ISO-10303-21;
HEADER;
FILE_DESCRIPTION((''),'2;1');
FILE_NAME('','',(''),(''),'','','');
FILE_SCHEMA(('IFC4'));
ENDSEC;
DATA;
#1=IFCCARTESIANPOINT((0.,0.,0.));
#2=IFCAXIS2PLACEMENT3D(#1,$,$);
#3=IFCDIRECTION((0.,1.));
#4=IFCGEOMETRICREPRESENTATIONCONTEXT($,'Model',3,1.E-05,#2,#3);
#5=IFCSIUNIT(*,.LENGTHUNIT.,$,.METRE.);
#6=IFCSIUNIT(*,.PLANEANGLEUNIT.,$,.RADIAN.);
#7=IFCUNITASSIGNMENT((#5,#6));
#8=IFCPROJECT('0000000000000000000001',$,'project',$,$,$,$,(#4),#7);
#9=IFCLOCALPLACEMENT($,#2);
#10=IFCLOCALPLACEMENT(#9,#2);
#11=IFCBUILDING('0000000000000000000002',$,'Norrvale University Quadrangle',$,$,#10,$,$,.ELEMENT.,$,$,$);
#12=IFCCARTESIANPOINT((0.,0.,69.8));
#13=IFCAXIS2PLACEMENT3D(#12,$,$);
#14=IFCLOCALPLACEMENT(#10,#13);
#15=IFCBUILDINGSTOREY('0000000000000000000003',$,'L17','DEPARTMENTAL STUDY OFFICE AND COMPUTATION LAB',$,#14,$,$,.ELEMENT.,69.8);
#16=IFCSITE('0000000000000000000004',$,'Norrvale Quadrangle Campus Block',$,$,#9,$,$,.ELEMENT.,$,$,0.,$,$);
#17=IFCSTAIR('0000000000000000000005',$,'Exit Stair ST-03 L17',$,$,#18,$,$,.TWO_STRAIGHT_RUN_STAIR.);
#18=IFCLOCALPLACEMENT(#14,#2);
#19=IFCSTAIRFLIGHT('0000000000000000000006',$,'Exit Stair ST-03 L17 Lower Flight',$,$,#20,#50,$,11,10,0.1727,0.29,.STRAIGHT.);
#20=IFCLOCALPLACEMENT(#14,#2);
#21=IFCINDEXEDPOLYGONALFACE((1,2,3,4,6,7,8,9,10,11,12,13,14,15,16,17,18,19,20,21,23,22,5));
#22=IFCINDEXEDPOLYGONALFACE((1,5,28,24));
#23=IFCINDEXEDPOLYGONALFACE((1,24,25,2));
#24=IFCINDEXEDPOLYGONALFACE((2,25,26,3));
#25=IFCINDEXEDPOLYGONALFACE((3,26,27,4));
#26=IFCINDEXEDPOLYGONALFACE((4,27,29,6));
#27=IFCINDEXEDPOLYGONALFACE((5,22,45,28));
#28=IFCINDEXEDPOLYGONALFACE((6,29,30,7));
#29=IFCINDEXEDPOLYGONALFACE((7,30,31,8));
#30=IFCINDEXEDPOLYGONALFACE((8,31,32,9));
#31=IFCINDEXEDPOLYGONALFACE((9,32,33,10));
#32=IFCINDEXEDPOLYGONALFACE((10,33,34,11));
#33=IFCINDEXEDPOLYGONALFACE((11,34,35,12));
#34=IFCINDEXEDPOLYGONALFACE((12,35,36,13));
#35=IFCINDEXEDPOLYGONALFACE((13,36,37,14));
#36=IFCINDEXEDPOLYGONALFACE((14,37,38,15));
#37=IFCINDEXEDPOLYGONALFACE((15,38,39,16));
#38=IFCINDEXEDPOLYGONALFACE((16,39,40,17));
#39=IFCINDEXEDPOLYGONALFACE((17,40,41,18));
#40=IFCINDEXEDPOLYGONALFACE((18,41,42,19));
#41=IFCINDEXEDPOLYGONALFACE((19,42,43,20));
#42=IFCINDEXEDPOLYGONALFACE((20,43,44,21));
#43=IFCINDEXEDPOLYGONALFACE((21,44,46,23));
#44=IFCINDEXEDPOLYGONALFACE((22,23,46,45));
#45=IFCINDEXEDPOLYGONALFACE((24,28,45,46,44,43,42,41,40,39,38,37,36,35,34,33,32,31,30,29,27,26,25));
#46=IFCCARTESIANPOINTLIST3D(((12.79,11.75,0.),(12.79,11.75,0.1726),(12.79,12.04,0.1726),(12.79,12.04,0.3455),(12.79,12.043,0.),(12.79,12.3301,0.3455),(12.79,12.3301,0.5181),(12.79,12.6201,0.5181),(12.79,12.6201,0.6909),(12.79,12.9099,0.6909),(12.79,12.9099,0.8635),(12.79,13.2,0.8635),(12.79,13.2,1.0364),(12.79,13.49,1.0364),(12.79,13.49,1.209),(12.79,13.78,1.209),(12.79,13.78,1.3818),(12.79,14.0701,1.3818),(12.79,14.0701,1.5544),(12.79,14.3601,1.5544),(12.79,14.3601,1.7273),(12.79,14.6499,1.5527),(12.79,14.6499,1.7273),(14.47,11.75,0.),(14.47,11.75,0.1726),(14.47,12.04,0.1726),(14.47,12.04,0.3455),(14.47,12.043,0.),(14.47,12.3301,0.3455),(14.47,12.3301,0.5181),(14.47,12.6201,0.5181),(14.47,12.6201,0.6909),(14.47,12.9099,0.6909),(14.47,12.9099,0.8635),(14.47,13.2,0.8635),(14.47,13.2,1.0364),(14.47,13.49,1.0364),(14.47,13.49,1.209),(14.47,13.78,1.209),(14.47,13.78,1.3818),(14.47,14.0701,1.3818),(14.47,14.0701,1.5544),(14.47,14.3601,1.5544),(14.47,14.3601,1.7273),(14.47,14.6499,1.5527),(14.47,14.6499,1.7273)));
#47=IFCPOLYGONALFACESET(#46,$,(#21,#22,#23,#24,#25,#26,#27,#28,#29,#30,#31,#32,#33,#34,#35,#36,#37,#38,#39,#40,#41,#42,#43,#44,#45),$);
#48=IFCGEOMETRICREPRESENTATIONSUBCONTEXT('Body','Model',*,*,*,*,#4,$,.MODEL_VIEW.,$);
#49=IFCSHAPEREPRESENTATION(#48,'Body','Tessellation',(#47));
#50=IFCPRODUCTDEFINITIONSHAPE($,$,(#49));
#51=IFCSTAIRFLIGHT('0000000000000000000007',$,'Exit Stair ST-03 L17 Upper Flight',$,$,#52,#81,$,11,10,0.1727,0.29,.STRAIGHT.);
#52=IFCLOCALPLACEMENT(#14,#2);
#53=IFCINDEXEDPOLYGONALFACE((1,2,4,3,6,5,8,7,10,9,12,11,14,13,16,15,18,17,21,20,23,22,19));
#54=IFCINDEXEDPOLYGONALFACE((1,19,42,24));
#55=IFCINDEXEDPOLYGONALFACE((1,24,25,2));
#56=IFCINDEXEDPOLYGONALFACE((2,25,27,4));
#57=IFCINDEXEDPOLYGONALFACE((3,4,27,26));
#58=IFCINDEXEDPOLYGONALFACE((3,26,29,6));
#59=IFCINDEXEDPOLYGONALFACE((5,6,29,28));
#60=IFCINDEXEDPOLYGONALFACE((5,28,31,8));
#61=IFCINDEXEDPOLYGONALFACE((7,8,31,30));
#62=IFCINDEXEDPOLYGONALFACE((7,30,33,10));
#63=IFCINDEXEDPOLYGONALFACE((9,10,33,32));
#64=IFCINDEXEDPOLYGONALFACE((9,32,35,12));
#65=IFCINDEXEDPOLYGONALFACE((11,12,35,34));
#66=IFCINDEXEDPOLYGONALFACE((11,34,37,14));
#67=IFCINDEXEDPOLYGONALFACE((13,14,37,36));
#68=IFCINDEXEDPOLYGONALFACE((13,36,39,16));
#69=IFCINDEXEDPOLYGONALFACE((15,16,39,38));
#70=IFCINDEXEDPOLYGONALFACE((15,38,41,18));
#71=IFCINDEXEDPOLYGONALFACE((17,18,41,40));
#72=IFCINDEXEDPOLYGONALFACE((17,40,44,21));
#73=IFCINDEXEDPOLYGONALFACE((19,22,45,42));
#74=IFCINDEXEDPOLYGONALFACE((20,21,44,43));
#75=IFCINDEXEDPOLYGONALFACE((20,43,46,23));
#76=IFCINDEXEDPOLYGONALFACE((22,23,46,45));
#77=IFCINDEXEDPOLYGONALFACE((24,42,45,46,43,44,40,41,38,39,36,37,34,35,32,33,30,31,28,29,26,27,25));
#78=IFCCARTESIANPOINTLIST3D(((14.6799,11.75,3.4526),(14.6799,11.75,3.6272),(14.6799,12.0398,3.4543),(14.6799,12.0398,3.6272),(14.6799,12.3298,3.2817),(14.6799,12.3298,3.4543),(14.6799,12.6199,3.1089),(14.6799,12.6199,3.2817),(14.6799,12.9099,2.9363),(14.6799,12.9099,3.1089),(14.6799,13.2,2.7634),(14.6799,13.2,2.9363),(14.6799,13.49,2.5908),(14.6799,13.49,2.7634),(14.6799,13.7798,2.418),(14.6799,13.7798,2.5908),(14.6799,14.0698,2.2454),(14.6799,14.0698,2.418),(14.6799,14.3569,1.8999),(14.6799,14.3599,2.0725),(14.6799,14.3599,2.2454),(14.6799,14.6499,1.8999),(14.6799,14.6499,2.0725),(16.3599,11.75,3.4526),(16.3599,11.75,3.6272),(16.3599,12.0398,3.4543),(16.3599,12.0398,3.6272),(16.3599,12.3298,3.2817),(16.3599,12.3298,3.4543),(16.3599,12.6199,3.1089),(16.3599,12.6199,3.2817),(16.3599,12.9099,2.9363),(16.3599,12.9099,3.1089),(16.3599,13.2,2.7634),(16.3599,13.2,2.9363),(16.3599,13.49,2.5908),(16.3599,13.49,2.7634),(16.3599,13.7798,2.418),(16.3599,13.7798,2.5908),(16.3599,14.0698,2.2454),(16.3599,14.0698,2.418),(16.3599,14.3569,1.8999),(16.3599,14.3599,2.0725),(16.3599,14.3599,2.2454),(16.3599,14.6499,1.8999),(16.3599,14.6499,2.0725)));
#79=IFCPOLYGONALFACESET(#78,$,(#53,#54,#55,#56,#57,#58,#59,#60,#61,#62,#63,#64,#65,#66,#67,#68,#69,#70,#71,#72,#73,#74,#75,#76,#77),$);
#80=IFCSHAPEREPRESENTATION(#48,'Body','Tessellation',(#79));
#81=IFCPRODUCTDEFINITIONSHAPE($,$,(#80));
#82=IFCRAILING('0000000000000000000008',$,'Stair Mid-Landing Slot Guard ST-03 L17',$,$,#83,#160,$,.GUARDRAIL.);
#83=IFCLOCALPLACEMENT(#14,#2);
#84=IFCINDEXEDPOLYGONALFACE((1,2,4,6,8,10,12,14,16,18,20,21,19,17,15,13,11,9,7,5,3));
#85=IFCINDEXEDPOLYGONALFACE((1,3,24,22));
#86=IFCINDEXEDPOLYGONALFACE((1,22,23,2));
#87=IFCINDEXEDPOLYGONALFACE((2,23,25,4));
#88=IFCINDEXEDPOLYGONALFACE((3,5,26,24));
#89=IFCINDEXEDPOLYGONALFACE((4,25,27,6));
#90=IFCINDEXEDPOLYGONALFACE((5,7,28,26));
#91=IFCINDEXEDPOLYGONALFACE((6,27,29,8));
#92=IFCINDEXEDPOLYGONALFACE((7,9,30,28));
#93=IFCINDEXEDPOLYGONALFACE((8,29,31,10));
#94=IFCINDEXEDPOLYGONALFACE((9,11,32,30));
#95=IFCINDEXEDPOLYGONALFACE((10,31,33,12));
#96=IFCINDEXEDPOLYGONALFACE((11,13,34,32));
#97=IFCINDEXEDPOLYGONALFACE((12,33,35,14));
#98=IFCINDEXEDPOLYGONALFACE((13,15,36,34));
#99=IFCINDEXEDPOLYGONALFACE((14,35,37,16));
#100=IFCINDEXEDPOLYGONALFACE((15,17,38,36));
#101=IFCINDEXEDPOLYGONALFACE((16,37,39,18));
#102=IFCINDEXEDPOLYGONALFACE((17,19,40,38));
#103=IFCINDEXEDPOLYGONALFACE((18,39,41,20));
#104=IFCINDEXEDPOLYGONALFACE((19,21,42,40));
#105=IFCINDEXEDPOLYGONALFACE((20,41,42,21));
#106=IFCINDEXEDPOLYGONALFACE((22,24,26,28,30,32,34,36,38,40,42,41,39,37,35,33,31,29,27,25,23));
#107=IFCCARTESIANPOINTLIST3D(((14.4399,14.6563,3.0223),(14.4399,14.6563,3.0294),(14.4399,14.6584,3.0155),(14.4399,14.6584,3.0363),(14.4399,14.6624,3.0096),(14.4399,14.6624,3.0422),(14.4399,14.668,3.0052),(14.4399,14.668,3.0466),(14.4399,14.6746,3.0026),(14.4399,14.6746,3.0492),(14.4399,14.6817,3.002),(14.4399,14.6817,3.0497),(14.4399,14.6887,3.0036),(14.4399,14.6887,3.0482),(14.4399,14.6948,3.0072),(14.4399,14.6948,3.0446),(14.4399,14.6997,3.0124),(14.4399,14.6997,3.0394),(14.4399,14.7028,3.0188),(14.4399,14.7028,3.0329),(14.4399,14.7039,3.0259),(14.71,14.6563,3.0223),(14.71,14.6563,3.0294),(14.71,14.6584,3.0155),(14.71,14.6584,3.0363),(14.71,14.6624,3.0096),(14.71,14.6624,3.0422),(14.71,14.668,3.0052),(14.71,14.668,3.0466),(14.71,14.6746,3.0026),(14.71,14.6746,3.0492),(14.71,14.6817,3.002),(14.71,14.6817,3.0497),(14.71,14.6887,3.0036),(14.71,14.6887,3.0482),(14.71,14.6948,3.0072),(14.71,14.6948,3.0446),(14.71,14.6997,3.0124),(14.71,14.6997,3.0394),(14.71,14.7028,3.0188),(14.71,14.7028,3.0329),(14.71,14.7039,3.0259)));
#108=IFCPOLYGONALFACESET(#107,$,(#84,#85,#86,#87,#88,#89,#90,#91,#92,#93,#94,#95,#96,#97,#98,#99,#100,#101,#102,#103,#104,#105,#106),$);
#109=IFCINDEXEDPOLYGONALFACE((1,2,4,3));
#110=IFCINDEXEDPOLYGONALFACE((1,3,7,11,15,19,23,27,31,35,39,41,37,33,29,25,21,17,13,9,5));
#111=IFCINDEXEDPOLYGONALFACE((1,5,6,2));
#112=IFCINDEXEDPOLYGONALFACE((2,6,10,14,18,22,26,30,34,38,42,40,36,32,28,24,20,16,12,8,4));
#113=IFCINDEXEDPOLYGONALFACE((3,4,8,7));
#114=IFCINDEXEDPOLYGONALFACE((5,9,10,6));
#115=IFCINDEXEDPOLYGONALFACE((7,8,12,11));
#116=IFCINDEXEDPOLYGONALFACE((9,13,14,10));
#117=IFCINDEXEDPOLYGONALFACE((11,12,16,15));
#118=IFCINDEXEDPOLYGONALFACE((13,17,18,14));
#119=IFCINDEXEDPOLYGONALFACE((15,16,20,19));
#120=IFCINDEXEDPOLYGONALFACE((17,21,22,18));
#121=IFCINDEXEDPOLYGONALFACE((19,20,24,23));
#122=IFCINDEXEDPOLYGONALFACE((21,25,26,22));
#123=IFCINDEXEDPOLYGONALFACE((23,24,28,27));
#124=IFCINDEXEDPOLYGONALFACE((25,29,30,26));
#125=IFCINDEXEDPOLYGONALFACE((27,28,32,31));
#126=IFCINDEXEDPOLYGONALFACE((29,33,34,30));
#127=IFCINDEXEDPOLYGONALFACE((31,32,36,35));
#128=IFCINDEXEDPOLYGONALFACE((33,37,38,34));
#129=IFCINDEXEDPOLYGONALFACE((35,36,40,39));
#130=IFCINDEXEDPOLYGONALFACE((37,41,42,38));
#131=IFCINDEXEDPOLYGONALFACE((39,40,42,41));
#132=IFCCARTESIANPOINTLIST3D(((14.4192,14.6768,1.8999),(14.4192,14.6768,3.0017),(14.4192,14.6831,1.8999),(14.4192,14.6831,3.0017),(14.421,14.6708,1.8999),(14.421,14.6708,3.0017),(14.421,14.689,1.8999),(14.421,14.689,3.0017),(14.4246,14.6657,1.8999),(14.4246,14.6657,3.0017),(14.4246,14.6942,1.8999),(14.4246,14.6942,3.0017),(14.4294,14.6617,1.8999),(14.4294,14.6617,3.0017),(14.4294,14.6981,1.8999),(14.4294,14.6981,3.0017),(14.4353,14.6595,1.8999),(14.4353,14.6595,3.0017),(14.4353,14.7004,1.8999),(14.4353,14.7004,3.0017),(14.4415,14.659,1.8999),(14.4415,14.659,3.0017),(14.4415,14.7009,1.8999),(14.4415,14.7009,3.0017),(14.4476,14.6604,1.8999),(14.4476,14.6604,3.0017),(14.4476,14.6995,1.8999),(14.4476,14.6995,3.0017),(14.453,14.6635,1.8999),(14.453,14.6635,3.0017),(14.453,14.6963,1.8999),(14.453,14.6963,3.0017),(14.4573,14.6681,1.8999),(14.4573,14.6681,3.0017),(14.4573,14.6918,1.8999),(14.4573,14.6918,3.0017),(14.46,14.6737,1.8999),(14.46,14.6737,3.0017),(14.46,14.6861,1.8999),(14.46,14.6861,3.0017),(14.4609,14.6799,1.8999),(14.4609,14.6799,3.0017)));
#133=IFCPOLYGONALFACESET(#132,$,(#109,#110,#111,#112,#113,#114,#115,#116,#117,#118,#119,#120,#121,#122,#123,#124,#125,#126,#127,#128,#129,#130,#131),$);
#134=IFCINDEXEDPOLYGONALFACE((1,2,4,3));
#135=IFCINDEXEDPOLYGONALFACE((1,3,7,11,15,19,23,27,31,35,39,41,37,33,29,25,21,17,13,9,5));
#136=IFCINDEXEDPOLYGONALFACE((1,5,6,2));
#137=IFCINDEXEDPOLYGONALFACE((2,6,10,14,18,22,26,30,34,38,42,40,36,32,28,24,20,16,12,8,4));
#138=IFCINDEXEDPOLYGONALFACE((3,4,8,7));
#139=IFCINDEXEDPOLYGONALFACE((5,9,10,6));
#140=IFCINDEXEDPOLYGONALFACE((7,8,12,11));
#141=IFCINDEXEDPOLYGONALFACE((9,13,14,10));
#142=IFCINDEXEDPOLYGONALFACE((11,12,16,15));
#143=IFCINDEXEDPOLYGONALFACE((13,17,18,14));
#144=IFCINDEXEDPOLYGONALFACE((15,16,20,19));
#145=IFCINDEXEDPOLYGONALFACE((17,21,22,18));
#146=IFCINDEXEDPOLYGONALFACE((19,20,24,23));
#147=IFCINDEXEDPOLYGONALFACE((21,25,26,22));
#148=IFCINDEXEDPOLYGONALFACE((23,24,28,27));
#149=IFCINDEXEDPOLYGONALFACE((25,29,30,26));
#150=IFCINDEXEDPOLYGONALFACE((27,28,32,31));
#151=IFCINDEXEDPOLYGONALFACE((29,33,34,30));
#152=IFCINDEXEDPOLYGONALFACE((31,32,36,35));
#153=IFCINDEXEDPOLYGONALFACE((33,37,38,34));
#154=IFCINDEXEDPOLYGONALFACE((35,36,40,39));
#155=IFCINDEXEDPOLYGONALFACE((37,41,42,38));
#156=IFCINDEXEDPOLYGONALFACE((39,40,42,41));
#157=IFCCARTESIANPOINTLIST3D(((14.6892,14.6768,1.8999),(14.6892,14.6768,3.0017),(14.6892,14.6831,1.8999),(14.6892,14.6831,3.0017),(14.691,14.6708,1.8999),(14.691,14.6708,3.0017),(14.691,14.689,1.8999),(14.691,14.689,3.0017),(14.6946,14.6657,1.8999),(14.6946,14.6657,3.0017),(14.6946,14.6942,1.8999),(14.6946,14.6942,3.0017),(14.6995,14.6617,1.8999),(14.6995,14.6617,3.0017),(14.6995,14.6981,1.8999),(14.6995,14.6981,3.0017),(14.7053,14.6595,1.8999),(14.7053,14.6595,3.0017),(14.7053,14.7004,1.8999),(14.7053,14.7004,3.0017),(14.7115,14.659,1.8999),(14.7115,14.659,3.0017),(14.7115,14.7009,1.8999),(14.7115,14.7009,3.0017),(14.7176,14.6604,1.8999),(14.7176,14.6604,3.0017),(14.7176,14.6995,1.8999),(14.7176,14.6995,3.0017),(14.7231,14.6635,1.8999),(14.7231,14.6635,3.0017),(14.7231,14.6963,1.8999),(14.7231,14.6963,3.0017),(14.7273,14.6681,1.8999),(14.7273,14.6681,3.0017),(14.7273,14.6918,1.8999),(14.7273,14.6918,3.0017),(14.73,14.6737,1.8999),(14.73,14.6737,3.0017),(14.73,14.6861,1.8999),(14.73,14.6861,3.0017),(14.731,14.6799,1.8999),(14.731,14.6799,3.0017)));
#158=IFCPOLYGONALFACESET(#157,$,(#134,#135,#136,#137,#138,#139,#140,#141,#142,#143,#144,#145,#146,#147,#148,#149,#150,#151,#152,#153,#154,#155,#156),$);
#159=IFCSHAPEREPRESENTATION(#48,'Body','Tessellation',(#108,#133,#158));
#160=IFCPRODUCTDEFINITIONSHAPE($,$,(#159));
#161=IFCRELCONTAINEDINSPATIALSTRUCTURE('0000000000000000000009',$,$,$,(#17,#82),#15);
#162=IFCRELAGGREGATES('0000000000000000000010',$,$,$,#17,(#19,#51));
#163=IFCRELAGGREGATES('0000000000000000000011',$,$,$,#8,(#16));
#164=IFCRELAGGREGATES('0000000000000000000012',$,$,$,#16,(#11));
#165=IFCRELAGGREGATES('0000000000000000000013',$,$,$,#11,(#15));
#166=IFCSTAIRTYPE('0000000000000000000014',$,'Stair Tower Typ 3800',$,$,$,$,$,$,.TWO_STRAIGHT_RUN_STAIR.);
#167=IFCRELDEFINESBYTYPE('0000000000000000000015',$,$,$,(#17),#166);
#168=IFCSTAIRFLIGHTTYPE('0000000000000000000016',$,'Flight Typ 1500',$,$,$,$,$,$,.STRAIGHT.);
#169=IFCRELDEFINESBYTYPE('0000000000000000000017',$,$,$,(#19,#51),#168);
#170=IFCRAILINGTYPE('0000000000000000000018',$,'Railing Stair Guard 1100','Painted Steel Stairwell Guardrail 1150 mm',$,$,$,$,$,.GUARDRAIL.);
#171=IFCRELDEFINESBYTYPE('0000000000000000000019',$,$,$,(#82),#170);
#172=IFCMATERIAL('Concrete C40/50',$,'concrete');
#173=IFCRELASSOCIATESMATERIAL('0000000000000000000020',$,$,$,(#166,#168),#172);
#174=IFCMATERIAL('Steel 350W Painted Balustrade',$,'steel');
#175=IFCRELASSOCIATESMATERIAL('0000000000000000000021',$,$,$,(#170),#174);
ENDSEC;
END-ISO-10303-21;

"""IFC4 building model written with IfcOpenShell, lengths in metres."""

from ifc_helpers import new_model, si_unit, direction, frame, origin, origin_2d, place, context, subcontext, project, spatial, polyline, circle, outline, extrude, material, type_object, element, aggregate, save


model = new_model("IFC4")

# Units and contexts
model_context = context("Model", 3, precision=1e-05, world=origin(), true_north=direction((0.0, 1.0)))
body_context = subcontext(model_context, "Body", "Model", "MODEL_VIEW")
ifc_project = project(units=[si_unit("LENGTHUNIT", "METRE"), si_unit("PLANEANGLEUNIT", "RADIAN")], contexts=[model_context])

# Site, building, storey
site_placement = place(None, origin())
site = spatial("IfcSite", under=ifc_project, at=site_placement, Name="Norrvale Quadrangle Campus Block", CompositionType="ELEMENT", RefElevation=0.0)
building_placement = place(site_placement, origin())
building = spatial("IfcBuilding", under=site, at=building_placement, Name="Norrvale University Quadrangle", CompositionType="ELEMENT")
storey_placement = place(building_placement, frame((0.0, 0.0, 69.8)))
storey = spatial("IfcBuildingStorey", under=building, at=storey_placement, Name="L17", Description="DEPARTMENTAL STUDY OFFICE AND COMPUTATION LAB", CompositionType="ELEMENT", Elevation=69.8)

# Stair, stair flights
ifc_material_1 = material(Name="Concrete C40/50", Category="concrete")
stair_type = type_object("IfcStairType", Name="Stair Tower Typ 3800", PredefinedType="TWO_STRAIGHT_RUN_STAIR", material=ifc_material_1)
stair_placement = place(storey_placement, origin())
stair = element("IfcStair", 1, at=stair_placement, inside=storey, type_object=stair_type, Name="Exit Stair ST-03 L17", PredefinedType="TWO_STRAIGHT_RUN_STAIR")
stair_flight_type = type_object("IfcStairFlightType", Name="Flight Typ 1500", PredefinedType="STRAIGHT", material=ifc_material_1)
stair_flight_1_placement = place(storey_placement, frame((13.6299, 11.75, 0.0), z_axis=(0.0, 0.0, 1.0), x_axis=(0.0, 1.0, 0.0)))
stair_flight_1 = element("IfcStairFlight", 2, at=stair_flight_1_placement, type_object=stair_flight_type, Name="Exit Stair ST-03 L17 Lower Flight", NumberOfRisers=11, NumberOfTreads=10, PredefinedType="STRAIGHT", RiserHeight=0.1727, TreadLength=0.29, context=body_context, shape_type="SweptSolid", body=[
    extrude(outline(polyline([(0.0, 0.0), (0.0, 0.1726), (0.29, 0.1726), (0.29, 0.3455), (0.5801, 0.3455), (0.5801, 0.5181), (0.8701, 0.5181), (0.8701, 0.6909), (1.1599, 0.6909), (1.1599, 0.8635), (1.45, 0.8635), (1.45, 1.0364), (1.74, 1.0364), (1.74, 1.209), (2.03, 1.209), (2.03, 1.3818), (2.3201, 1.3818), (2.3201, 1.5544), (2.6101, 1.5544), (2.6101, 1.7273), (2.8999, 1.7273), (2.8999, 1.8999), (2.8999, 1.5527), (0.293, 0.0), (0.0, 0.0)])), frame((0.0, 0.8398, 0.0), z_axis=(0.0, -1.0, 0.0), x_axis=(1.0, 0.0, 0.0)), (0.0, 0.0, 1.0), 1.6799),
])
stair_flight_2_placement = place(storey_placement, frame((15.52, 14.6499, 1.8999), z_axis=(0.0, 0.0, 1.0), x_axis=(0.0, -1.0, 0.0)))
stair_flight_2 = element("IfcStairFlight", 3, at=stair_flight_2_placement, type_object=stair_flight_type, Name="Exit Stair ST-03 L17 Upper Flight", NumberOfRisers=11, NumberOfTreads=10, PredefinedType="STRAIGHT", RiserHeight=0.1727, TreadLength=0.29, context=body_context, shape_type="SweptSolid", body=[
    extrude(outline(polyline([(0.0, 0.0), (0.0, 0.1726), (0.29, 0.1726), (0.29, 0.3455), (0.5801, 0.3455), (0.5801, 0.5181), (0.8701, 0.5181), (0.8701, 0.6909), (1.1599, 0.6909), (1.1599, 0.8635), (1.45, 0.8635), (1.45, 1.0364), (1.74, 1.0364), (1.74, 1.209), (2.03, 1.209), (2.03, 1.3818), (2.3201, 1.3818), (2.3201, 1.5544), (2.6101, 1.5544), (2.6101, 1.7273), (2.8999, 1.7273), (2.8999, 1.8999), (2.8999, 1.5527), (0.293, 0.0), (0.0, 0.0)])), frame((0.0, 0.8398, 0.0), z_axis=(0.0, -1.0, 0.0), x_axis=(1.0, 0.0, 0.0)), (0.0, 0.0, 1.0), 1.6799),
])
aggregate(stair, [stair_flight_1, stair_flight_2])

# Railing
ifc_material_2 = material(Name="Steel 350W Painted Balustrade", Category="steel")
railing_type_1 = type_object("IfcRailingType", Name="Railing Stair Guard 1100", Description="Painted Steel Stairwell Guardrail 1150 mm", PredefinedType="GUARDRAIL", material=ifc_material_2)
railing_1_placement = place(storey_placement, frame((14.4399, 14.6799, 1.8999)))
element("IfcRailing", 4, at=railing_1_placement, inside=storey, type_object=railing_type_1, Name="Stair Mid-Landing Slot Guard ST-03 L17", PredefinedType="GUARDRAIL", context=body_context, shape_type="SweptSolid", body=[
    extrude(circle(Radius=0.0239, at=origin_2d()), frame((0.0, 0.0, 1.126), z_axis=(1.0, 0.0, 0.0), x_axis=(0.0, 1.0, 0.0)), (0.0, 0.0, 1.0), 0.27),
    extrude(circle(Radius=0.021, at=origin_2d()), origin(), (0.0, 0.0, 1.0), 1.1018),
    extrude(circle(Radius=0.021, at=origin_2d()), frame((0.27, 0.0, 0.0)), (0.0, 0.0, 1.0), 1.1018),
])

save(model, "model.ifc")
